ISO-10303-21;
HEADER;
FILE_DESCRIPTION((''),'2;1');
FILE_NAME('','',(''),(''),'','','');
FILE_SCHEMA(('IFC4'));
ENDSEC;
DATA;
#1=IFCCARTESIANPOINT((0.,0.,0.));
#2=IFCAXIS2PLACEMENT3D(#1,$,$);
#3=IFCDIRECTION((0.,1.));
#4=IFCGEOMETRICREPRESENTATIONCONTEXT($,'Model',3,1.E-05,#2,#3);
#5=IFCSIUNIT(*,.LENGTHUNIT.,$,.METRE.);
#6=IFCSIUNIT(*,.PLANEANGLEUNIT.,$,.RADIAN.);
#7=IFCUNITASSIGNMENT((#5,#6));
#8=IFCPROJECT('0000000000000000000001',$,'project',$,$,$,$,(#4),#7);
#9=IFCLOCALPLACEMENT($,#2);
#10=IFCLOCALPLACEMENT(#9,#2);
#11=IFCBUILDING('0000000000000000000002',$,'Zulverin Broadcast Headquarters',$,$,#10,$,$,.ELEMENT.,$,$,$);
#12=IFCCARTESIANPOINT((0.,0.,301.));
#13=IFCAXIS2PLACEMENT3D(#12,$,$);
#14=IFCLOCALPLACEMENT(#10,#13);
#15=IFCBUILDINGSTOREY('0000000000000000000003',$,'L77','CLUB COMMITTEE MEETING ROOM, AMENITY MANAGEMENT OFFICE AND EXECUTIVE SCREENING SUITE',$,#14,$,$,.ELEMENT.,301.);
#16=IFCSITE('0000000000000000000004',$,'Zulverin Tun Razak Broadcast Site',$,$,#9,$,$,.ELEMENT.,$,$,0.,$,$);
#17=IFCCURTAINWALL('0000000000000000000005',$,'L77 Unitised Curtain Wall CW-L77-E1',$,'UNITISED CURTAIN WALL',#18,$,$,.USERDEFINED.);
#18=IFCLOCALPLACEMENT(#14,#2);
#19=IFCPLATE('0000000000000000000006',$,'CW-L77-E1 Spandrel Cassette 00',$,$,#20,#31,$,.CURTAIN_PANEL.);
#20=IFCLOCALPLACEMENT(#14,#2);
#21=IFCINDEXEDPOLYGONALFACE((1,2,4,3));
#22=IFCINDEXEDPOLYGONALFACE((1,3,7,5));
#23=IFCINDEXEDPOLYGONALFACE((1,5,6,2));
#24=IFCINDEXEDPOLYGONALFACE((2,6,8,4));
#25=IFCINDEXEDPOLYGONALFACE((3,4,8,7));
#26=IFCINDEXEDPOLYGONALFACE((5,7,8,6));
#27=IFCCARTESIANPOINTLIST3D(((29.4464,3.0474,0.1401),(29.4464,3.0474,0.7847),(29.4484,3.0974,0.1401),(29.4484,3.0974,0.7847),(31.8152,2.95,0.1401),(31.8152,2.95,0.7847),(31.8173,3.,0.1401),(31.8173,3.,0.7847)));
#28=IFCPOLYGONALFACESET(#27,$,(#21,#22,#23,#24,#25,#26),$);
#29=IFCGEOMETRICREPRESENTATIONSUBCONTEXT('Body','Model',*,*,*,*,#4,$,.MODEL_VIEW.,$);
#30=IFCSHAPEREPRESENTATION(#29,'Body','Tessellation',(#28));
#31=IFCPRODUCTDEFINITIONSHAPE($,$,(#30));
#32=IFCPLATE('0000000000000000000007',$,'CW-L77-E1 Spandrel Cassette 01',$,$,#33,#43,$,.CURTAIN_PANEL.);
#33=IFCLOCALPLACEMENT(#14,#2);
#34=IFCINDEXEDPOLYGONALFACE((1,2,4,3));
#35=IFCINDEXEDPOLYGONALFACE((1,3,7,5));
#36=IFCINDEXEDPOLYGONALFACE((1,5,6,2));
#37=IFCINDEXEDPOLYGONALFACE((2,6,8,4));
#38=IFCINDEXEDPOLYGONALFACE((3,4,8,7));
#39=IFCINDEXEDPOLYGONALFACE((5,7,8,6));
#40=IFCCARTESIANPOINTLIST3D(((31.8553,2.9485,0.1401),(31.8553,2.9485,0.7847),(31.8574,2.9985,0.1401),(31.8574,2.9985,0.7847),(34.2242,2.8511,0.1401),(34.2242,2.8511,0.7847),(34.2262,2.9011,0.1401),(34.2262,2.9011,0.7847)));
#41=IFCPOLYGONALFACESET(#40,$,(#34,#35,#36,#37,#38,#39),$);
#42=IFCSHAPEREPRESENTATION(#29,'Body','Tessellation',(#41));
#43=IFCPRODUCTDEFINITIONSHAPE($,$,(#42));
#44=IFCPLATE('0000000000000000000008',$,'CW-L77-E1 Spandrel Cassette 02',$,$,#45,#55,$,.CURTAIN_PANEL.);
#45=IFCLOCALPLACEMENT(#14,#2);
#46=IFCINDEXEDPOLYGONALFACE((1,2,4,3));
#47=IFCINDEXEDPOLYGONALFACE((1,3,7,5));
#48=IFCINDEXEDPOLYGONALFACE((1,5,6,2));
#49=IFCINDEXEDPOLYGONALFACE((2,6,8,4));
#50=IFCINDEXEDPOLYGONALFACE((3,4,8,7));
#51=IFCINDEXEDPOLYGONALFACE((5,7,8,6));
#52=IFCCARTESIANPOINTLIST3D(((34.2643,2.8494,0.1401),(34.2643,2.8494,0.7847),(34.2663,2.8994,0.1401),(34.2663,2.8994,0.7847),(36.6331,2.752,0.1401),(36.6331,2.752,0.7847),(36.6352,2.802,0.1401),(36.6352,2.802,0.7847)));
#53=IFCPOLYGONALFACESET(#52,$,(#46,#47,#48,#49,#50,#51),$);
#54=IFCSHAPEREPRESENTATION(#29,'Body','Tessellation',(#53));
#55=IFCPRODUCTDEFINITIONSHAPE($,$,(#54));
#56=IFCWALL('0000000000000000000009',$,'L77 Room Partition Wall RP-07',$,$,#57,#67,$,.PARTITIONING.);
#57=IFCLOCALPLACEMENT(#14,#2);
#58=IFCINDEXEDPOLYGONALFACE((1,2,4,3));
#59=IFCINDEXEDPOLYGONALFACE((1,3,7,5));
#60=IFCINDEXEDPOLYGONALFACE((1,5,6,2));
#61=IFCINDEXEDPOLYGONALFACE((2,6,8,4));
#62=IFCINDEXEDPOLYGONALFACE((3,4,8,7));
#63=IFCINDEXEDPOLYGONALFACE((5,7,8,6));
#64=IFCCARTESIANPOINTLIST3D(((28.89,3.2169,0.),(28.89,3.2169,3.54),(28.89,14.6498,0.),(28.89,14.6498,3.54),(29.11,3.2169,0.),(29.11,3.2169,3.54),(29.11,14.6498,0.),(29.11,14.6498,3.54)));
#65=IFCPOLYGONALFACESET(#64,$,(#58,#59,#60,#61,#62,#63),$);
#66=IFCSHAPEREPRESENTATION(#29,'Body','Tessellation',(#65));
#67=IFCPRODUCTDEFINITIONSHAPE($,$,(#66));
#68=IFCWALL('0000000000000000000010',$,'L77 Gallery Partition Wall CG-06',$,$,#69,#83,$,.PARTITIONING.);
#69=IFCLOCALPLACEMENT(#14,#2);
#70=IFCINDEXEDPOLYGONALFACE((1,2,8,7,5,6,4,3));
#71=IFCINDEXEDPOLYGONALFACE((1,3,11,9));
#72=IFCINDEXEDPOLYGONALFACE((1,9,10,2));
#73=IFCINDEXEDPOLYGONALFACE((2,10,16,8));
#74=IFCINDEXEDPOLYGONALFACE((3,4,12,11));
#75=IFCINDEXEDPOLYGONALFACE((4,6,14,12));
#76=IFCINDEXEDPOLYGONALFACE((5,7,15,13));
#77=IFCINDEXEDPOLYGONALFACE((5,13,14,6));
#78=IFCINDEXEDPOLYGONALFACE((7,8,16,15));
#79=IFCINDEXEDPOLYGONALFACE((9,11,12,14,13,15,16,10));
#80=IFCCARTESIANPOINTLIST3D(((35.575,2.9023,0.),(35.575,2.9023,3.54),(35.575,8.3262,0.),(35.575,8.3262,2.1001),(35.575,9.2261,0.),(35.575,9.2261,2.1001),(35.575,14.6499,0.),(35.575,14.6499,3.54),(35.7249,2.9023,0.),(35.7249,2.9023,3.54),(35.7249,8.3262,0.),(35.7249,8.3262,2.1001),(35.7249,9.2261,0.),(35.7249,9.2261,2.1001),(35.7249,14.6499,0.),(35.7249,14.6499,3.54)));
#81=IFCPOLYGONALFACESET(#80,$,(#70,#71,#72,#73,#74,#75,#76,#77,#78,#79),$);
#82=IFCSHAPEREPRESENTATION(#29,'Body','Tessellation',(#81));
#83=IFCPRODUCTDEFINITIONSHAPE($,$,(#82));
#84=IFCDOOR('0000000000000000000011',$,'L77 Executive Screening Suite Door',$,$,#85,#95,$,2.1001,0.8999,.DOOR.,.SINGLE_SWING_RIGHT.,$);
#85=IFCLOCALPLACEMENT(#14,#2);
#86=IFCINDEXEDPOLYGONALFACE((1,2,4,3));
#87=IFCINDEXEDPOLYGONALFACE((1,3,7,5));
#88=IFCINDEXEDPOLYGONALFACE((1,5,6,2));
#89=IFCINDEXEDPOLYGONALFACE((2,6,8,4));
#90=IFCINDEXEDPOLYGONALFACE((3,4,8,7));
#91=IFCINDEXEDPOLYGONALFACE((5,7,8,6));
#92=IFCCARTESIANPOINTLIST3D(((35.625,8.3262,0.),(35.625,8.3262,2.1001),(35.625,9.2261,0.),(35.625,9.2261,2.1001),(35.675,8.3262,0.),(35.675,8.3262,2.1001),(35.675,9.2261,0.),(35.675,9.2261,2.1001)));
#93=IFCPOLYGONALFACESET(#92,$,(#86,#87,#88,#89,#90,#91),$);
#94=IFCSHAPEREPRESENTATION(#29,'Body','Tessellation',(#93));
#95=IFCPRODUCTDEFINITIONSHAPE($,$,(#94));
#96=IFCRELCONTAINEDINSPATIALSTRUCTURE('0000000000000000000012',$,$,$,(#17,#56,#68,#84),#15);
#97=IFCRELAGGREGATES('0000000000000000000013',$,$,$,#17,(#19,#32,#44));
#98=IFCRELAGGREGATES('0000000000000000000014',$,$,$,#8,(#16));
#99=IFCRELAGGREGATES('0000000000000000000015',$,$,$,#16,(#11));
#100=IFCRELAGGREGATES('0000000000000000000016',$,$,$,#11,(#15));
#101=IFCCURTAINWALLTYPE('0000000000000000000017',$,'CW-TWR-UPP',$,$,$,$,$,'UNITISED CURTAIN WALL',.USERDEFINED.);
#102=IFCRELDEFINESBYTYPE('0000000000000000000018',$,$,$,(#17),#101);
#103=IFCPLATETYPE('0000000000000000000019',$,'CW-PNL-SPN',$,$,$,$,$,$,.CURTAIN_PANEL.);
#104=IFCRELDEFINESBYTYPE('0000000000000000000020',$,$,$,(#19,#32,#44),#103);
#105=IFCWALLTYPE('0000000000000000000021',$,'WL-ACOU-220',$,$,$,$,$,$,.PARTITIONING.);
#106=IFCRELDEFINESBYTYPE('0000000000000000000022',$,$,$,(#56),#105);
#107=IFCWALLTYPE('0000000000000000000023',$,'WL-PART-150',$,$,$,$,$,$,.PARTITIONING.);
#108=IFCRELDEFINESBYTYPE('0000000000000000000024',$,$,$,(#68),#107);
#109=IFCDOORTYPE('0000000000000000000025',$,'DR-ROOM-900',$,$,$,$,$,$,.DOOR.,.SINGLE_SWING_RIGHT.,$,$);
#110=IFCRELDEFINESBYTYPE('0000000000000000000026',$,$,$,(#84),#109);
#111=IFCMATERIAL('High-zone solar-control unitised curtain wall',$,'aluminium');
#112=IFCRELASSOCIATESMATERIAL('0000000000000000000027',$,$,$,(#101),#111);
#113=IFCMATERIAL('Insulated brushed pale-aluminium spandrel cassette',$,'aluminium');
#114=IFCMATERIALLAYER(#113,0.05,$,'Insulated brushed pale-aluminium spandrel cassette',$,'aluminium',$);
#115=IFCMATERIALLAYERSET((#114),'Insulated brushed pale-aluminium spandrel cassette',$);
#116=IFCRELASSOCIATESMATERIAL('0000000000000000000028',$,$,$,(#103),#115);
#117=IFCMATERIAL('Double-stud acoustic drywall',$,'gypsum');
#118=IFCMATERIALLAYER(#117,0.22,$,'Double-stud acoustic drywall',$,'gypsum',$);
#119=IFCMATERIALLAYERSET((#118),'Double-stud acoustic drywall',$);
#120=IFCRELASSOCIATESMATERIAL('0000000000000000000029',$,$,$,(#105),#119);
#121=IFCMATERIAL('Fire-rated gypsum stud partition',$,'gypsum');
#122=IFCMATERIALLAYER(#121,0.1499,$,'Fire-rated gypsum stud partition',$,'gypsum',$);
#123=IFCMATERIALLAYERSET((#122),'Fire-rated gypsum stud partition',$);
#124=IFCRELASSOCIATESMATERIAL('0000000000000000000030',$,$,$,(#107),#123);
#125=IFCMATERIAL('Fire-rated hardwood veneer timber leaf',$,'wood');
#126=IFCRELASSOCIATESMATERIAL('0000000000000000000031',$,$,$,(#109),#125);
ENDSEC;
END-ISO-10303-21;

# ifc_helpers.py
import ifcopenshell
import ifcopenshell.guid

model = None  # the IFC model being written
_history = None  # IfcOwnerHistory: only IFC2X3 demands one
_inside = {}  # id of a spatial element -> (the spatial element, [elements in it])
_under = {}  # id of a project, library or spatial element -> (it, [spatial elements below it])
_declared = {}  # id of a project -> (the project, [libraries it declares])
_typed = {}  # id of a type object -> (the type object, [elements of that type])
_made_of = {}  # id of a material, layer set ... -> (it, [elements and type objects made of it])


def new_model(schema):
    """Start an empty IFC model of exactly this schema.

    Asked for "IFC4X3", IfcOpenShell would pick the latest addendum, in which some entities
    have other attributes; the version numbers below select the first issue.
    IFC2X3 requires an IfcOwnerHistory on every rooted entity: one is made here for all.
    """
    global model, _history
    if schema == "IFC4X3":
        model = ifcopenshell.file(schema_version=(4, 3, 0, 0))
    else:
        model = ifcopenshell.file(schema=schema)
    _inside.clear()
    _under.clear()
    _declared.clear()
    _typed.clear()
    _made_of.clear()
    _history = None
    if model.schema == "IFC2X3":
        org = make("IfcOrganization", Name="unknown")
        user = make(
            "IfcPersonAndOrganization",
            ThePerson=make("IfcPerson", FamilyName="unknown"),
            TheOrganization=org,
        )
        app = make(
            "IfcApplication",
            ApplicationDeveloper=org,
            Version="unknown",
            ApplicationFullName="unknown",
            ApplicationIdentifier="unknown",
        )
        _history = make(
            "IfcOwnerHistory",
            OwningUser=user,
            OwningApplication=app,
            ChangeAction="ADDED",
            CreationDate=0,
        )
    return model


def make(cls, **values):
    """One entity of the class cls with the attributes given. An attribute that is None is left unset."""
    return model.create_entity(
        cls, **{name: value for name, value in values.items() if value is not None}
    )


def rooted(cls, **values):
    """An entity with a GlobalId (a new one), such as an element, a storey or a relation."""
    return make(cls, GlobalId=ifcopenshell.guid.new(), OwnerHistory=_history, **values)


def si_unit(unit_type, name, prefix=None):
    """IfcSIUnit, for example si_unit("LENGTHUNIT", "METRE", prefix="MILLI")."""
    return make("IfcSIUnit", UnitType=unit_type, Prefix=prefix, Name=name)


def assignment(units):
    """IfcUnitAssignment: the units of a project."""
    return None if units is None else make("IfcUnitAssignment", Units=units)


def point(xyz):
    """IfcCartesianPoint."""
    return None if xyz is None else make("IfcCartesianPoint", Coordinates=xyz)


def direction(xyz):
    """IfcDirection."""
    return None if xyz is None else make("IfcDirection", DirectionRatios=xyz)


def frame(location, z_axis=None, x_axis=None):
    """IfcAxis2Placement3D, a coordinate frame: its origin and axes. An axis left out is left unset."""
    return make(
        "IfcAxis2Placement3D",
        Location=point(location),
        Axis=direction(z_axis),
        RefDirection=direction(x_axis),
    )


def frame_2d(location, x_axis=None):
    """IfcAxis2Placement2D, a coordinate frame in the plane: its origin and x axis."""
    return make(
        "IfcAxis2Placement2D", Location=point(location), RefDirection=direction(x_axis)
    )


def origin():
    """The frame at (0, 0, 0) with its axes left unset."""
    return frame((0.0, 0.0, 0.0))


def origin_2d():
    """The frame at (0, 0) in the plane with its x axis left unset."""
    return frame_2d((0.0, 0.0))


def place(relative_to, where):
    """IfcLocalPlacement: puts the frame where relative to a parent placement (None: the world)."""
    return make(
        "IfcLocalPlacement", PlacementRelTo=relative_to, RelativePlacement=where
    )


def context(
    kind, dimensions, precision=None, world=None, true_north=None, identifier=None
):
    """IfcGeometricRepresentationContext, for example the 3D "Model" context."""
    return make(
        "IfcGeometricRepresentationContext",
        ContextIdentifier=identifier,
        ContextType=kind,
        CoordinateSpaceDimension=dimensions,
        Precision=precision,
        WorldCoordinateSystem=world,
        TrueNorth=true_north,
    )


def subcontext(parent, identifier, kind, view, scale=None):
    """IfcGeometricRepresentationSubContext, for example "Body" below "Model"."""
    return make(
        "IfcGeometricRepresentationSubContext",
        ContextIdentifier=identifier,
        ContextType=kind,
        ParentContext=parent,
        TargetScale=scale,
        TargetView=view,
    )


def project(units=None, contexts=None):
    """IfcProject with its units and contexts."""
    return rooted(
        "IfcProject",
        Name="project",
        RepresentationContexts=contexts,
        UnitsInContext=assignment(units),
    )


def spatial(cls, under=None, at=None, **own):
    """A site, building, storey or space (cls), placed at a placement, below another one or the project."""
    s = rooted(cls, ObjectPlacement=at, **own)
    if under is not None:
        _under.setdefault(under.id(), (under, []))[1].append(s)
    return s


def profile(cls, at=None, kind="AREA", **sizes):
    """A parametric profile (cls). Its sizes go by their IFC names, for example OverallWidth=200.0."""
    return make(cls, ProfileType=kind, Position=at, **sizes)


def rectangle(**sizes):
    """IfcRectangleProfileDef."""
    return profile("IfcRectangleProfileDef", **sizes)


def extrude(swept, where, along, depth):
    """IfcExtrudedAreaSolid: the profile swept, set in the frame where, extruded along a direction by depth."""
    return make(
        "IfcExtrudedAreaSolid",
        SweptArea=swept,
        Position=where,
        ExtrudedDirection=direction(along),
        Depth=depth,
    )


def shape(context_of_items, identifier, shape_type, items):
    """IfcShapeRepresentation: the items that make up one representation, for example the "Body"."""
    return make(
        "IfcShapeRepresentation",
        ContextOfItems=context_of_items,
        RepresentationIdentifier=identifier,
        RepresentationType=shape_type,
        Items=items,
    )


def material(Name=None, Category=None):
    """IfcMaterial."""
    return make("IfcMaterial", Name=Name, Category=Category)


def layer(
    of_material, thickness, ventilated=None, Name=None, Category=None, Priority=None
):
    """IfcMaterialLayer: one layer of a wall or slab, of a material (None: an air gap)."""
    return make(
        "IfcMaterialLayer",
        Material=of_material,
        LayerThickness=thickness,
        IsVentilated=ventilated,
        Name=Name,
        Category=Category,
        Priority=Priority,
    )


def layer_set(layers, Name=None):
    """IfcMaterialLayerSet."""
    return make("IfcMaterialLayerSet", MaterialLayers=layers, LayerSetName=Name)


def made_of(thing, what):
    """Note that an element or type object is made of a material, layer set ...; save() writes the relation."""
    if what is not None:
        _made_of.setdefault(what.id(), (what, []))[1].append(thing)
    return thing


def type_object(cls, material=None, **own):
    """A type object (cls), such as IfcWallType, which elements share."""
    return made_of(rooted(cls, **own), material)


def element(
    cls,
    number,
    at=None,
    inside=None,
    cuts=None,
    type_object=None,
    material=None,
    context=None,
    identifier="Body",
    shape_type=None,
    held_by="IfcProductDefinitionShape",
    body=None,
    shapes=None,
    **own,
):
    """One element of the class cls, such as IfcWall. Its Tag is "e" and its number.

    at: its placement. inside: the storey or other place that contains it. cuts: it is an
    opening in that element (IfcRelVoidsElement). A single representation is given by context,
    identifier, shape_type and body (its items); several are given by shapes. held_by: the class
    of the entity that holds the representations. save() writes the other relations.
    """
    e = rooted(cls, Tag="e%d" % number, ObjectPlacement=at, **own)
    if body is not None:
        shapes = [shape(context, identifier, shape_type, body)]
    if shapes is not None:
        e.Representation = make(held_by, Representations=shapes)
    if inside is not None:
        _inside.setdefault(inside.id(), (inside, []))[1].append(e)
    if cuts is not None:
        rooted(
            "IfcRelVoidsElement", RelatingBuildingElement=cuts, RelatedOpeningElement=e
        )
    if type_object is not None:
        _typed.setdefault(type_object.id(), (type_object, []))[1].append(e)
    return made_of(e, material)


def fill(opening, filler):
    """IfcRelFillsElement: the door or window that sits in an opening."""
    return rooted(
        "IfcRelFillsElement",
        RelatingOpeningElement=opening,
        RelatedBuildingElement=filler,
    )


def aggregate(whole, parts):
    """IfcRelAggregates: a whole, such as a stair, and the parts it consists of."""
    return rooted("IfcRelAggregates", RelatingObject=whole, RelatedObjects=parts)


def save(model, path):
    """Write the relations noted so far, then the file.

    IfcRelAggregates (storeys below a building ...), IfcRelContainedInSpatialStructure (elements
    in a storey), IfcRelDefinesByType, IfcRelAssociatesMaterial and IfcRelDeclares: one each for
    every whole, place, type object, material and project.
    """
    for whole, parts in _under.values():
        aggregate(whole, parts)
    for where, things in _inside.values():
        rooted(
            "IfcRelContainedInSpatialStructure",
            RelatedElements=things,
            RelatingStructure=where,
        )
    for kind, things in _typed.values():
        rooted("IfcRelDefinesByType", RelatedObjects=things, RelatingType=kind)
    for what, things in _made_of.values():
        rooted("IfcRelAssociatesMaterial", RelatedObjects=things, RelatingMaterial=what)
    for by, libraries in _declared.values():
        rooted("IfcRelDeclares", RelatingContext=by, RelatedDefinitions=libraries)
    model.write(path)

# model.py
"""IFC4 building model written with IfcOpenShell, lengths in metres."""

from ifc_helpers import new_model, si_unit, direction, frame, frame_2d, origin, origin_2d, place, context, subcontext, project, spatial, rectangle, extrude, material, layer, layer_set, type_object, element, fill, aggregate, save


model = new_model("IFC4")

# Units and contexts
model_context = context("Model", 3, precision=1e-05, world=origin(), true_north=direction((0.0, 1.0)))
body_context = subcontext(model_context, "Body", "Model", "MODEL_VIEW")
ifc_project = project(units=[si_unit("LENGTHUNIT", "METRE"), si_unit("PLANEANGLEUNIT", "RADIAN")], contexts=[model_context])

# Site, building, storey
site_placement = place(None, origin())
site = spatial("IfcSite", under=ifc_project, at=site_placement, Name="Zulverin Tun Razak Broadcast Site", CompositionType="ELEMENT", RefElevation=0.0)
building_placement = place(site_placement, origin())
building = spatial("IfcBuilding", under=site, at=building_placement, Name="Zulverin Broadcast Headquarters", CompositionType="ELEMENT")
storey_placement = place(building_placement, frame((0.0, 0.0, 301.0)))
storey = spatial("IfcBuildingStorey", under=building, at=storey_placement, Name="L77", Description="CLUB COMMITTEE MEETING ROOM, AMENITY MANAGEMENT OFFICE AND EXECUTIVE SCREENING SUITE", CompositionType="ELEMENT", Elevation=301.0)

# Curtain wall, plates
ifc_material_1 = material(Name="High-zone solar-control unitised curtain wall", Category="aluminium")
curtain_wall_type = type_object("IfcCurtainWallType", Name="CW-TWR-UPP", ElementType="UNITISED CURTAIN WALL", PredefinedType="USERDEFINED", material=ifc_material_1)
curtain_wall_placement = place(storey_placement, origin())
curtain_wall = element("IfcCurtainWall", 1, at=curtain_wall_placement, inside=storey, type_object=curtain_wall_type, Name="L77 Unitised Curtain Wall CW-L77-E1", ObjectType="UNITISED CURTAIN WALL", PredefinedType="USERDEFINED")
ifc_material_2 = material(Name="Insulated brushed pale-aluminium spandrel cassette", Category="aluminium")
ifc_layer_1 = layer(ifc_material_2, 0.05, Name="Insulated brushed pale-aluminium spandrel cassette", Category="aluminium")
ifc_layer_set_1 = layer_set([ifc_layer_1], Name="Insulated brushed pale-aluminium spandrel cassette")
plate_type_1 = type_object("IfcPlateType", Name="CW-PNL-SPN", PredefinedType="CURTAIN_PANEL", material=ifc_layer_set_1)
plate_1_placement = place(storey_placement, frame((30.6318, 3.0237, 0.1401), z_axis=(0.0, 0.0, 1.0), x_axis=(0.999156, -0.04107, 0.0)))
plate_1 = element("IfcPlate", 2, at=plate_1_placement, type_object=plate_type_1, Name="CW-L77-E1 Spandrel Cassette 00", PredefinedType="CURTAIN_PANEL", context=body_context, shape_type="SweptSolid", body=[
    extrude(rectangle(XDim=2.3708, YDim=0.05, at=origin_2d()), origin(), (0.0, 0.0, 1.0), 0.6445),
])
plate_2_placement = place(storey_placement, frame((33.0408, 2.9248, 0.1401), z_axis=(0.0, 0.0, 1.0), x_axis=(0.999156, -0.04107, 0.0)))
plate_2 = element("IfcPlate", 3, at=plate_2_placement, type_object=plate_type_1, Name="CW-L77-E1 Spandrel Cassette 01", PredefinedType="CURTAIN_PANEL", context=body_context, shape_type="SweptSolid", body=[
    extrude(rectangle(XDim=2.3708, YDim=0.05, at=origin_2d()), origin(), (0.0, 0.0, 1.0), 0.6445),
])
plate_3_placement = place(storey_placement, frame((35.4497, 2.8257, 0.1401), z_axis=(0.0, 0.0, 1.0), x_axis=(0.999156, -0.04107, 0.0)))
plate_3 = element("IfcPlate", 4, at=plate_3_placement, type_object=plate_type_1, Name="CW-L77-E1 Spandrel Cassette 02", PredefinedType="CURTAIN_PANEL", context=body_context, shape_type="SweptSolid", body=[
    extrude(rectangle(XDim=2.3708, YDim=0.05, at=origin_2d()), origin(), (0.0, 0.0, 1.0), 0.6445),
])
aggregate(curtain_wall, [plate_1, plate_2, plate_3])

# Wall
ifc_material_3 = material(Name="Double-stud acoustic drywall", Category="gypsum")
ifc_layer_2 = layer(ifc_material_3, 0.22, Name="Double-stud acoustic drywall", Category="gypsum")
ifc_layer_set_2 = layer_set([ifc_layer_2], Name="Double-stud acoustic drywall")
wall_type_1 = type_object("IfcWallType", Name="WL-ACOU-220", PredefinedType="PARTITIONING", material=ifc_layer_set_2)
wall_1_placement = place(storey_placement, frame((29.0, 3.217, 0.0), z_axis=(0.0, 0.0, 1.0), x_axis=(0.0, 1.0, 0.0)))
element("IfcWall", 5, at=wall_1_placement, inside=storey, type_object=wall_type_1, Name="L77 Room Partition Wall RP-07", PredefinedType="PARTITIONING", context=body_context, shape_type="SweptSolid", body=[
    extrude(rectangle(XDim=11.4329, YDim=0.22, at=frame_2d((5.7163, 0.0))), origin(), (0.0, 0.0, 1.0), 3.54),
])

# Wall, opening, door
ifc_material_4 = material(Name="Fire-rated gypsum stud partition", Category="gypsum")
ifc_layer_3 = layer(ifc_material_4, 0.1499, Name="Fire-rated gypsum stud partition", Category="gypsum")
ifc_layer_set_3 = layer_set([ifc_layer_3], Name="Fire-rated gypsum stud partition")
wall_type_2 = type_object("IfcWallType", Name="WL-PART-150", PredefinedType="PARTITIONING", material=ifc_layer_set_3)
wall_2_placement = place(storey_placement, frame((35.6499, 2.9023, 0.0), z_axis=(0.0, 0.0, 1.0), x_axis=(0.0, 1.0, 0.0)))
wall_2 = element("IfcWall", 6, at=wall_2_placement, inside=storey, type_object=wall_type_2, Name="L77 Gallery Partition Wall CG-06", PredefinedType="PARTITIONING", context=body_context, shape_type="SweptSolid", body=[
    extrude(rectangle(XDim=11.7476, YDim=0.1499, at=frame_2d((5.8738, 0.0))), origin(), (0.0, 0.0, 1.0), 3.54),
])
opening_placement = place(wall_2_placement, frame((5.4238, 0.0, 0.0)))
opening = element("IfcOpeningElement", 7, at=opening_placement, cuts=wall_2, PredefinedType="OPENING", context=body_context, shape_type="SweptSolid", body=[
    extrude(rectangle(XDim=0.8999, YDim=2.1001, at=frame_2d((0.45, 1.05))), frame((0.0, 0.085, 0.0), z_axis=(0.0, -1.0, 0.0), x_axis=(1.0, 0.0, 0.0)), (0.0, 0.0, 1.0), 0.1699),
])
ifc_material_5 = material(Name="Fire-rated hardwood veneer timber leaf", Category="wood")
door_type = type_object("IfcDoorType", Name="DR-ROOM-900", OperationType="SINGLE_SWING_RIGHT", PredefinedType="DOOR", material=ifc_material_5)
door_placement = place(opening_placement, origin())
door = element("IfcDoor", 8, at=door_placement, inside=storey, type_object=door_type, Name="L77 Executive Screening Suite Door", OperationType="SINGLE_SWING_RIGHT", OverallHeight=2.1001, OverallWidth=0.8999, PredefinedType="DOOR", context=body_context, shape_type="SweptSolid", body=[
    extrude(rectangle(XDim=0.8999, YDim=2.1001, at=frame_2d((0.45, 1.05))), frame((0.0, 0.0249, 0.0), z_axis=(0.0, -1.0, 0.0), x_axis=(1.0, 0.0, 0.0)), (0.0, 0.0, 1.0), 0.05),
])
fill(opening, door)

save(model, "model.ifc")
